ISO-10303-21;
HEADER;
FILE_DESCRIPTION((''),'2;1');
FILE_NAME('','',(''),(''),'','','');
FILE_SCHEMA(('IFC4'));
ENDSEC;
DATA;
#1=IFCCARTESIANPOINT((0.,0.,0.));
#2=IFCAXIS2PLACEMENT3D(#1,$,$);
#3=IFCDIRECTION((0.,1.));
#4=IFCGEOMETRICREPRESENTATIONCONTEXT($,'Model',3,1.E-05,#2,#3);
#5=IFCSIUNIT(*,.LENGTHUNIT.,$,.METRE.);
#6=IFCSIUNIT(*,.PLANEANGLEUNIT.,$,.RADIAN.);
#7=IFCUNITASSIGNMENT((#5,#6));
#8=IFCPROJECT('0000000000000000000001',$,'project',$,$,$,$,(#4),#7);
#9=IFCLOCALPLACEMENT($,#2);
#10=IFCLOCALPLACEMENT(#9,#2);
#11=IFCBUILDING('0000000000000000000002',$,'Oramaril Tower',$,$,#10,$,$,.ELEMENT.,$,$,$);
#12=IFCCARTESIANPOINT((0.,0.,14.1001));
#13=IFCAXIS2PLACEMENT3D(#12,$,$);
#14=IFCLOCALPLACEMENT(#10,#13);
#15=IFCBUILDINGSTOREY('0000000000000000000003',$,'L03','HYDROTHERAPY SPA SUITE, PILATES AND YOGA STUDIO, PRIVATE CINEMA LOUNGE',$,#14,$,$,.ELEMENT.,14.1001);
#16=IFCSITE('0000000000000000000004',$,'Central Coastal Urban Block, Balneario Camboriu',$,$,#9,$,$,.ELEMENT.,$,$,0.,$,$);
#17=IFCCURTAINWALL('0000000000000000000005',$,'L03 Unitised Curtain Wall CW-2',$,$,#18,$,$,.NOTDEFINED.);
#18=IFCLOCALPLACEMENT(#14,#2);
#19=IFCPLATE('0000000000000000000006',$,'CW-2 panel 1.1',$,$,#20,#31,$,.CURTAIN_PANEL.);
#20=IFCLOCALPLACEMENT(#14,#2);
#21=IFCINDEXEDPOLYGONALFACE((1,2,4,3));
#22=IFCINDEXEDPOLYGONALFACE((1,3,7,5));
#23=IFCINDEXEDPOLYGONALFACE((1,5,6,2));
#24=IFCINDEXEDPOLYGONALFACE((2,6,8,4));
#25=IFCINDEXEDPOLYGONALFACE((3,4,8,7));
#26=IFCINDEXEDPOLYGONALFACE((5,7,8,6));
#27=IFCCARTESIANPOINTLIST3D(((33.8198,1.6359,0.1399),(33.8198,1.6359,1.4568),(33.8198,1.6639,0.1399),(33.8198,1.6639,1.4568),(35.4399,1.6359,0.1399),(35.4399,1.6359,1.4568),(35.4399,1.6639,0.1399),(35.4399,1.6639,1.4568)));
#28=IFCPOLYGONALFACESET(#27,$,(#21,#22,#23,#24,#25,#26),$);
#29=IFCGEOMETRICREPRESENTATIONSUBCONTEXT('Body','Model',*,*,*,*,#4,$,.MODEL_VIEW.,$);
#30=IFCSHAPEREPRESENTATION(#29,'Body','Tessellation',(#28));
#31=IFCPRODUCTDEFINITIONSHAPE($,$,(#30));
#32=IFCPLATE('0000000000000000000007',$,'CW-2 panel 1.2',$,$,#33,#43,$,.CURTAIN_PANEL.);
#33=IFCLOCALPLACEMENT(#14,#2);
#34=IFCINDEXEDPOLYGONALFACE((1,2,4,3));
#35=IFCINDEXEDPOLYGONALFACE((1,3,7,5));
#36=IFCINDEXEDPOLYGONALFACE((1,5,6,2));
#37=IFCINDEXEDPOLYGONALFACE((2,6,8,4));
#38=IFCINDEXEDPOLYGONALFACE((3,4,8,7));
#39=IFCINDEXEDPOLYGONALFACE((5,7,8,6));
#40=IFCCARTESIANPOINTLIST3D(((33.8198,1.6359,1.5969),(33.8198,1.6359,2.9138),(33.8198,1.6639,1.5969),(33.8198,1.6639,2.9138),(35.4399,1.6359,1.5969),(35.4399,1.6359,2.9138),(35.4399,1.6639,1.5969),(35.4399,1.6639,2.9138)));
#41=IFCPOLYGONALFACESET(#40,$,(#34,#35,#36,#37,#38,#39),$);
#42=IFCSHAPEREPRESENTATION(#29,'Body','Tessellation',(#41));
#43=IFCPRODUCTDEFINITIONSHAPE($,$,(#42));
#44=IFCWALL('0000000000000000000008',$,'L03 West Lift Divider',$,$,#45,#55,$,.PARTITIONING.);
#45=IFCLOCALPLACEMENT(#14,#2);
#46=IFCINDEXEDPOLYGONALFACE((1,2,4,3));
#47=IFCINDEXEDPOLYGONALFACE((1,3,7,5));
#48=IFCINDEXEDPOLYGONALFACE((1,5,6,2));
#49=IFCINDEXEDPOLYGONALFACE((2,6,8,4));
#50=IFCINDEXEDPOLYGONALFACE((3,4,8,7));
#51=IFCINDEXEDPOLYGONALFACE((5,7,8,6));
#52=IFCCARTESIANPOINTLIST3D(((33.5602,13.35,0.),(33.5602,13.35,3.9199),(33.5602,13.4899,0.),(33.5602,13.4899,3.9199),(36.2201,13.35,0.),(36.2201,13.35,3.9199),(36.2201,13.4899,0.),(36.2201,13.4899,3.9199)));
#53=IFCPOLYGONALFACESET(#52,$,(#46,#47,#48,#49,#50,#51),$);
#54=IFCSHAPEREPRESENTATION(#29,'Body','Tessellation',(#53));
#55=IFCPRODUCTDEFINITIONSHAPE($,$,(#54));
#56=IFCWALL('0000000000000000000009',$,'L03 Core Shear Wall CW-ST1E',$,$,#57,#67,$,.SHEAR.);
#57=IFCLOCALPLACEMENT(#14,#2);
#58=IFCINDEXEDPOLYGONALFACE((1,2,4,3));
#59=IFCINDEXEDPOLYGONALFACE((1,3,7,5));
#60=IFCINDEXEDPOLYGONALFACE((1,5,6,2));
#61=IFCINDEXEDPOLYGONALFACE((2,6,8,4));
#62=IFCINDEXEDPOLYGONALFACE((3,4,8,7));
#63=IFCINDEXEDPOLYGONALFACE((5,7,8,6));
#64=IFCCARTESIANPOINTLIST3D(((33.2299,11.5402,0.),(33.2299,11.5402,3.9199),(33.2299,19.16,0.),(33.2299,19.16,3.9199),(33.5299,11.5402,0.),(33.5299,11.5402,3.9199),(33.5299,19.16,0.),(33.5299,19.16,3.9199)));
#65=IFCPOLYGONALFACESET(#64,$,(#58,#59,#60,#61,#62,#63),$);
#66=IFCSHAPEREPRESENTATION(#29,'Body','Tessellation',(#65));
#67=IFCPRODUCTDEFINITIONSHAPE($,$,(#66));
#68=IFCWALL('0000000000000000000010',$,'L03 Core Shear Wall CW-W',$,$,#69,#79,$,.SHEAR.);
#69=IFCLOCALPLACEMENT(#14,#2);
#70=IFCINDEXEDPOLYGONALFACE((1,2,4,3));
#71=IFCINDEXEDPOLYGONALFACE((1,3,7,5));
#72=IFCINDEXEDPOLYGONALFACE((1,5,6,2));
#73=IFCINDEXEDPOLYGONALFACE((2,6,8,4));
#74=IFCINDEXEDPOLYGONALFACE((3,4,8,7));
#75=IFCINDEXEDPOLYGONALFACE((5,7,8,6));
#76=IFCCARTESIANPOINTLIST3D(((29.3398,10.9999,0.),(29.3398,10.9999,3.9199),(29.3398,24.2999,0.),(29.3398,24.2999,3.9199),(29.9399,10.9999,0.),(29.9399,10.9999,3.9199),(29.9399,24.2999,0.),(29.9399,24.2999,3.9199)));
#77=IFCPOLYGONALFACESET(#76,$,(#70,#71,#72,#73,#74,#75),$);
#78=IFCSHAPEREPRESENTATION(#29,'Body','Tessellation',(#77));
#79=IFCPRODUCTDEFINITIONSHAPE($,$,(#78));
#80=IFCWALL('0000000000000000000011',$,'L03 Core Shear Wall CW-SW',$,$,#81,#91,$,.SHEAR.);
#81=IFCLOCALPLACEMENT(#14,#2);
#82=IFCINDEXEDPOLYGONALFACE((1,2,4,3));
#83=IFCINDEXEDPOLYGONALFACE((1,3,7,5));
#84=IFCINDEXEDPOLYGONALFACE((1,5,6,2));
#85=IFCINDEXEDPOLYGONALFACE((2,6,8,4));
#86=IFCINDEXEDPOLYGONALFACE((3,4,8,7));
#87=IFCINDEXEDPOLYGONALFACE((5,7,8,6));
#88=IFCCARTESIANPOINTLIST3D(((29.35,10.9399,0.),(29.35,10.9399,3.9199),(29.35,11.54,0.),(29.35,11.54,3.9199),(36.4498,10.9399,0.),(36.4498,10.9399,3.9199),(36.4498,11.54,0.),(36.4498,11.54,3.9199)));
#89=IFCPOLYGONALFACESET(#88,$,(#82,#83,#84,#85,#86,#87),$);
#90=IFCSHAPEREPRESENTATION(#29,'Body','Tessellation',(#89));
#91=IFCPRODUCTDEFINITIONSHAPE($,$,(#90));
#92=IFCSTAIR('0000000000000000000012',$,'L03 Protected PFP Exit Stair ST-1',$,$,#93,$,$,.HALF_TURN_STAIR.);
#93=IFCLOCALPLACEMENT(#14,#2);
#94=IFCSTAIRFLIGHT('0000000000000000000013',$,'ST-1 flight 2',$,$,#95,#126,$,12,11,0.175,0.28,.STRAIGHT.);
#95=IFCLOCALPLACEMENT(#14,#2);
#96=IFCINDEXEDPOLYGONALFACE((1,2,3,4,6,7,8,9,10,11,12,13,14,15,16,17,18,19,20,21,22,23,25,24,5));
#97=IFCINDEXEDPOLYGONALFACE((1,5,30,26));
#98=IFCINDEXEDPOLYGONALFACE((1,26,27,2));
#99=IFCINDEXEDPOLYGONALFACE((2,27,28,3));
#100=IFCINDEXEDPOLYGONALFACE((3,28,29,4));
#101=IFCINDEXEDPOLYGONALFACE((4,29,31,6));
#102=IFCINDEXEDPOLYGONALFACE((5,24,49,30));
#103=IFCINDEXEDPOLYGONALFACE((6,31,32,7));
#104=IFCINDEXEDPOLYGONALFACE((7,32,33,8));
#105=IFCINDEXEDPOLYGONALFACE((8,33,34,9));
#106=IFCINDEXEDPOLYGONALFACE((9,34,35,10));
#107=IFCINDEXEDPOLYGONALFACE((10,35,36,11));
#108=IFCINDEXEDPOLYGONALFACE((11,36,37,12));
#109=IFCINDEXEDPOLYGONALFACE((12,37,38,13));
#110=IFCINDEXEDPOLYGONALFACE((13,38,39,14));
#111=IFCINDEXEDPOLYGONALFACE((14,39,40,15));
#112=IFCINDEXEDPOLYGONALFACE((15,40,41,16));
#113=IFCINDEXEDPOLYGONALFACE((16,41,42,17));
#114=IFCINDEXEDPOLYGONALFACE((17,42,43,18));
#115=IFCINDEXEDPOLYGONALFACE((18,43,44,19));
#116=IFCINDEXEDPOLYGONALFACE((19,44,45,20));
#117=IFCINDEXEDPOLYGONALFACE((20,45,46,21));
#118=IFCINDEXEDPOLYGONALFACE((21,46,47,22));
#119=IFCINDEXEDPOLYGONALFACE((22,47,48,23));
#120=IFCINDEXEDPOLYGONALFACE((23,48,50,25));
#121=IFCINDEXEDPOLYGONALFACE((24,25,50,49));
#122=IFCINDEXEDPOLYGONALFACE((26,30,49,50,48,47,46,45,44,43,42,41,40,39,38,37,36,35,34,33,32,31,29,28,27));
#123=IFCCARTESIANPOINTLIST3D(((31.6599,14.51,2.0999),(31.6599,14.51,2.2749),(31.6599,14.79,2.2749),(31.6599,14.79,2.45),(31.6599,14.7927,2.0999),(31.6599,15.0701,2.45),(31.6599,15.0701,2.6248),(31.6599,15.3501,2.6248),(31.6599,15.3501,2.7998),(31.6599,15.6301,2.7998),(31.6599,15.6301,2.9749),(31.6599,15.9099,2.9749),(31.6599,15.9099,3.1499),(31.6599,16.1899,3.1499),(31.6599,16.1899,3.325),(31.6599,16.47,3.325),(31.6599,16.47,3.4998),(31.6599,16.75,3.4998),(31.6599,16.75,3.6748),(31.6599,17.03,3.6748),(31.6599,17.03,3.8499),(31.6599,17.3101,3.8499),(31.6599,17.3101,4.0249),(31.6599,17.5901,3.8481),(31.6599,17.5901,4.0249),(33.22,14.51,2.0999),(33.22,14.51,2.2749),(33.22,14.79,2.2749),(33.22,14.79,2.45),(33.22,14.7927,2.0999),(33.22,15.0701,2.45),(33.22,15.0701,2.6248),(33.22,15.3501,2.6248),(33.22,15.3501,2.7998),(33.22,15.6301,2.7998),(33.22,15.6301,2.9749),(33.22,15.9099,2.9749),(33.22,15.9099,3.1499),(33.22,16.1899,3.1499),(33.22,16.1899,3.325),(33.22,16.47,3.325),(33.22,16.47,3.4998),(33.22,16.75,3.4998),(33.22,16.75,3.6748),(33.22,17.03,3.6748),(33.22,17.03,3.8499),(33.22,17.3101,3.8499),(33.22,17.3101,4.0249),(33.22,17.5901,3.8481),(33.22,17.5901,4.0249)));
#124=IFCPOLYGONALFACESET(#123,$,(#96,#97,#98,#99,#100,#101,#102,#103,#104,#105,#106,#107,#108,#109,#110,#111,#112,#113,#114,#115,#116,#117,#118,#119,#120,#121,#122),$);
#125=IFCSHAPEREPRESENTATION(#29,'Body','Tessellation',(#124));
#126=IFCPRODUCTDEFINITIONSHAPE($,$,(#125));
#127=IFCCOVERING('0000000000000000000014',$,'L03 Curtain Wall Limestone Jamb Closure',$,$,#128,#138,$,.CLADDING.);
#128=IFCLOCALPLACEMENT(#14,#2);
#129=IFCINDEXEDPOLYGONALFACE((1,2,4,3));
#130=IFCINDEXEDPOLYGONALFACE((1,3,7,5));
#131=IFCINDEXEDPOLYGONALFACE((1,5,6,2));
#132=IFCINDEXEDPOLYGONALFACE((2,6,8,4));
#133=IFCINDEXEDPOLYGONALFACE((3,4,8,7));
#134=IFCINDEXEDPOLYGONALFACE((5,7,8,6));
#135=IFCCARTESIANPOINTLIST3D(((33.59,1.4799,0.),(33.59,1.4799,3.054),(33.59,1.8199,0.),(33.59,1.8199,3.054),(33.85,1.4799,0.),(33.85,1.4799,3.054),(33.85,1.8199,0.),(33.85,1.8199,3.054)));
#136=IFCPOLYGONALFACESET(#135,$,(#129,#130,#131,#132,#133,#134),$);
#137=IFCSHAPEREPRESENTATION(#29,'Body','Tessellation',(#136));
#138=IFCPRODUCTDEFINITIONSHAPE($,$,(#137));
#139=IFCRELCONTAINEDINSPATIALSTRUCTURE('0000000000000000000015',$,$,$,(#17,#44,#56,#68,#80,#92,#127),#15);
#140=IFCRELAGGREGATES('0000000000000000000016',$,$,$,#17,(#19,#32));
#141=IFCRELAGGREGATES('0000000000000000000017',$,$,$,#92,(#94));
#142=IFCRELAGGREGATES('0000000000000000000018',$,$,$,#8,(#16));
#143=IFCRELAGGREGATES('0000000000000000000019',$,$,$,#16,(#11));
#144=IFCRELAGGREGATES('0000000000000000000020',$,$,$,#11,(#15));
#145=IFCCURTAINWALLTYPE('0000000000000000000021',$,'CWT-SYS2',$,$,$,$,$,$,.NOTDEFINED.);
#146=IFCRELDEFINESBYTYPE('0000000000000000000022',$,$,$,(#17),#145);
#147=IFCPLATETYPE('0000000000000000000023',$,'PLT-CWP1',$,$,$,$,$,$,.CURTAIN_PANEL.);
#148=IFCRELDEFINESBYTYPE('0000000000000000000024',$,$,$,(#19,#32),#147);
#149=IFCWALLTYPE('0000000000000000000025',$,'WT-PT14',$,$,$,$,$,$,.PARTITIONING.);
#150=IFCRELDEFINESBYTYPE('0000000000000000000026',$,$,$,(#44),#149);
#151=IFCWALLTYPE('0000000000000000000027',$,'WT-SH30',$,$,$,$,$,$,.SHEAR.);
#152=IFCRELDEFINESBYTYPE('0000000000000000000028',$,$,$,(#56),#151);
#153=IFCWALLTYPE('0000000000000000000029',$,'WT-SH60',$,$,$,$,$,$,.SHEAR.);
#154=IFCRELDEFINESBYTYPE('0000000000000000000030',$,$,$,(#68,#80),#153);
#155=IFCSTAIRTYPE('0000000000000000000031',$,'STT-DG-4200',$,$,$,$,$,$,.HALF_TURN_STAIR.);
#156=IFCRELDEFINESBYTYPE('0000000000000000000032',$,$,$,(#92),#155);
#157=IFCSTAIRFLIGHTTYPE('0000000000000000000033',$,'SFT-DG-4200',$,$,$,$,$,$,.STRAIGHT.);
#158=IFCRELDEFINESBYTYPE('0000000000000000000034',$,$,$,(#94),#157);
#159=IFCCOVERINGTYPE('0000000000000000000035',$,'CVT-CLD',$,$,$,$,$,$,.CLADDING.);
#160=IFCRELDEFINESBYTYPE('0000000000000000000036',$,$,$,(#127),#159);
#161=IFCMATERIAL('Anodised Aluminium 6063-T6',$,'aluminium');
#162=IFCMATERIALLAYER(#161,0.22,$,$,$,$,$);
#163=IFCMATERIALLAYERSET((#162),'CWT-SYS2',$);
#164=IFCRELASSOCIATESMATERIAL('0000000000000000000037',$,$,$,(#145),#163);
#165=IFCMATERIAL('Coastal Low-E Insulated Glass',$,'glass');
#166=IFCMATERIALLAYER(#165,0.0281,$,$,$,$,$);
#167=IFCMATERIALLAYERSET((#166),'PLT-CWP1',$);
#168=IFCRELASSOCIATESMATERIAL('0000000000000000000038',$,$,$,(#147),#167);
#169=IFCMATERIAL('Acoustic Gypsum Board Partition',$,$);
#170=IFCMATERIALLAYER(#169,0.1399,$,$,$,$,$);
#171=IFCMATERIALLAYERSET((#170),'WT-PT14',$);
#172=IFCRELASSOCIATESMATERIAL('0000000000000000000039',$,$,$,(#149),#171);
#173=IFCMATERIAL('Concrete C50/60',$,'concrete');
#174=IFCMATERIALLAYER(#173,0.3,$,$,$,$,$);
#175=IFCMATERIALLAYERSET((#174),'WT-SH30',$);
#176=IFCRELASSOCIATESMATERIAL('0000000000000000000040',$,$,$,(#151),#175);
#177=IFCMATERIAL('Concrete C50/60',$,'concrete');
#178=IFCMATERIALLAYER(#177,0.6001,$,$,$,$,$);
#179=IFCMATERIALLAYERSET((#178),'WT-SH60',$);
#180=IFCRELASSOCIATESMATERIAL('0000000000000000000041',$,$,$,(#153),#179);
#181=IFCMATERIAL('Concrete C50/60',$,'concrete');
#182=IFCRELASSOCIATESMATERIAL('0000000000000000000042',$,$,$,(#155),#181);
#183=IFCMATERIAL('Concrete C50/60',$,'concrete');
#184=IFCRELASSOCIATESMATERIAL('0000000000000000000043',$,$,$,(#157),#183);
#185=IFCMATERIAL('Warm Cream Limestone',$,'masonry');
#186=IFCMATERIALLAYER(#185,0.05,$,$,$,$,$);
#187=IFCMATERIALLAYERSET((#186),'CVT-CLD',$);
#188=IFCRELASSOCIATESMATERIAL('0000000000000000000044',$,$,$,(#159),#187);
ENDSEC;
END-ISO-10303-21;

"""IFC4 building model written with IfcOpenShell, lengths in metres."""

from ifc_helpers import new_model, si_unit, direction, frame, frame_2d, origin, origin_2d, place, context, subcontext, project, spatial, polyline, rectangle, outline, extrude, material, layer, layer_set, type_object, element, aggregate, save


model = new_model("IFC4")

# Units and contexts
model_context = context("Model", 3, precision=1e-05, world=origin(), true_north=direction((0.0, 1.0)))
body_context = subcontext(model_context, "Body", "Model", "MODEL_VIEW")
ifc_project = project(units=[si_unit("LENGTHUNIT", "METRE"), si_unit("PLANEANGLEUNIT", "RADIAN")], contexts=[model_context])

# Site, building, storey
site_placement = place(None, origin())
site = spatial("IfcSite", under=ifc_project, at=site_placement, Name="Central Coastal Urban Block, Balneario Camboriu", CompositionType="ELEMENT", RefElevation=0.0)
building_placement = place(site_placement, origin())
building = spatial("IfcBuilding", under=site, at=building_placement, Name="Oramaril Tower", CompositionType="ELEMENT")
storey_placement = place(building_placement, frame((0.0, 0.0, 14.1001)))
storey = spatial("IfcBuildingStorey", under=building, at=storey_placement, Name="L03", Description="HYDROTHERAPY SPA SUITE, PILATES AND YOGA STUDIO, PRIVATE CINEMA LOUNGE", CompositionType="ELEMENT", Elevation=14.1001)

# Curtain wall, plates
ifc_material_1 = material(Name="Anodised Aluminium 6063-T6", Category="aluminium")
ifc_layer_1 = layer(ifc_material_1, 0.22)
ifc_layer_set_1 = layer_set([ifc_layer_1], Name="CWT-SYS2")
curtain_wall_type = type_object("IfcCurtainWallType", Name="CWT-SYS2", PredefinedType="NOTDEFINED", material=ifc_layer_set_1)
curtain_wall_placement = place(storey_placement, origin())
curtain_wall = element("IfcCurtainWall", 1, at=curtain_wall_placement, inside=storey, type_object=curtain_wall_type, Name="L03 Unitised Curtain Wall CW-2", PredefinedType="NOTDEFINED")
ifc_material_2 = material(Name="Coastal Low-E Insulated Glass", Category="glass")
ifc_layer_2 = layer(ifc_material_2, 0.0281)
ifc_layer_set_2 = layer_set([ifc_layer_2], Name="PLT-CWP1")
plate_type = type_object("IfcPlateType", Name="PLT-CWP1", PredefinedType="CURTAIN_PANEL", material=ifc_layer_set_2)
plate_1_placement = place(storey_placement, frame((34.6299, 1.6499, 0.1399), z_axis=(0.0, 0.0, 1.0), x_axis=(1.0, 0.0, 0.0)))
plate_1 = element("IfcPlate", 2, at=plate_1_placement, type_object=plate_type, Name="CW-2 panel 1.1", PredefinedType="CURTAIN_PANEL", context=body_context, shape_type="SweptSolid", body=[
    extrude(rectangle(XDim=1.6201, YDim=0.0281, at=origin_2d()), origin(), (0.0, 0.0, 1.0), 1.3169),
])
plate_2_placement = place(storey_placement, frame((34.6299, 1.6499, 1.5969), z_axis=(0.0, 0.0, 1.0), x_axis=(1.0, 0.0, 0.0)))
plate_2 = element("IfcPlate", 3, at=plate_2_placement, type_object=plate_type, Name="CW-2 panel 1.2", PredefinedType="CURTAIN_PANEL", context=body_context, shape_type="SweptSolid", body=[
    extrude(rectangle(XDim=1.6201, YDim=0.0281, at=origin_2d()), origin(), (0.0, 0.0, 1.0), 1.3169),
])
aggregate(curtain_wall, [plate_1, plate_2])

# Walls
ifc_material_3 = material(Name="Acoustic Gypsum Board Partition")
ifc_layer_3 = layer(ifc_material_3, 0.1399)
ifc_layer_set_3 = layer_set([ifc_layer_3], Name="WT-PT14")
wall_type_1 = type_object("IfcWallType", Name="WT-PT14", PredefinedType="PARTITIONING", material=ifc_layer_set_3)
wall_1_placement = place(storey_placement, frame((33.5601, 13.4199, 0.0), z_axis=(0.0, 0.0, 1.0), x_axis=(1.0, 0.0, 0.0)))
element("IfcWall", 4, at=wall_1_placement, inside=storey, type_object=wall_type_1, Name="L03 West Lift Divider", PredefinedType="PARTITIONING", context=body_context, shape_type="SweptSolid", body=[
    extrude(rectangle(XDim=2.6599, YDim=0.1399, at=frame_2d((1.3301, 0.0))), origin(), (0.0, 0.0, 1.0), 3.9199),
])
ifc_material_4 = material(Name="Concrete C50/60", Category="concrete")
ifc_layer_4 = layer(ifc_material_4, 0.3)
ifc_layer_set_4 = layer_set([ifc_layer_4], Name="WT-SH30")
wall_type_2 = type_object("IfcWallType", Name="WT-SH30", PredefinedType="SHEAR", material=ifc_layer_set_4)
wall_2_placement = place(storey_placement, frame((33.3799, 11.54, 0.0), z_axis=(0.0, 0.0, 1.0), x_axis=(0.0, 1.0, 0.0)))
element("IfcWall", 5, at=wall_2_placement, inside=storey, type_object=wall_type_2, Name="L03 Core Shear Wall CW-ST1E", PredefinedType="SHEAR", context=body_context, shape_type="SweptSolid", body=[
    extrude(rectangle(XDim=7.6199, YDim=0.3, at=frame_2d((3.8101, 0.0))), origin(), (0.0, 0.0, 1.0), 3.9199),
])
ifc_material_5 = material(Name="Concrete C50/60", Category="concrete")
ifc_layer_5 = layer(ifc_material_5, 0.6001)
ifc_layer_set_5 = layer_set([ifc_layer_5], Name="WT-SH60")
wall_type_3 = type_object("IfcWallType", Name="WT-SH60", PredefinedType="SHEAR", material=ifc_layer_set_5)
wall_3_placement = place(storey_placement, frame((29.6399, 11.0, 0.0), z_axis=(0.0, 0.0, 1.0), x_axis=(0.0, 1.0, 0.0)))
element("IfcWall", 6, at=wall_3_placement, inside=storey, type_object=wall_type_3, Name="L03 Core Shear Wall CW-W", PredefinedType="SHEAR", context=body_context, shape_type="SweptSolid", body=[
    extrude(rectangle(XDim=13.3, YDim=0.6001, at=frame_2d((6.6499, 0.0))), origin(), (0.0, 0.0, 1.0), 3.9199),
])
wall_4_placement = place(storey_placement, frame((29.3501, 11.24, 0.0), z_axis=(0.0, 0.0, 1.0), x_axis=(1.0, 0.0, 0.0)))
element("IfcWall", 7, at=wall_4_placement, inside=storey, type_object=wall_type_3, Name="L03 Core Shear Wall CW-SW", PredefinedType="SHEAR", context=body_context, shape_type="SweptSolid", body=[
    extrude(rectangle(XDim=7.0999, YDim=0.6001, at=frame_2d((3.5498, 0.0))), origin(), (0.0, 0.0, 1.0), 3.9199),
])

# Stair, stair flight
ifc_material_6 = material(Name="Concrete C50/60", Category="concrete")
stair_type = type_object("IfcStairType", Name="STT-DG-4200", PredefinedType="HALF_TURN_STAIR", material=ifc_material_6)
stair_placement = place(storey_placement, origin())
stair = element("IfcStair", 8, at=stair_placement, inside=storey, type_object=stair_type, Name="L03 Protected PFP Exit Stair ST-1", PredefinedType="HALF_TURN_STAIR")
ifc_material_7 = material(Name="Concrete C50/60", Category="concrete")
stair_flight_type = type_object("IfcStairFlightType", Name="SFT-DG-4200", PredefinedType="STRAIGHT", material=ifc_material_7)
stair_flight_placement = place(storey_placement, frame((32.4399, 14.51, 2.0999), z_axis=(0.0, 0.0, 1.0), x_axis=(0.0, 1.0, 0.0)))
stair_flight = element("IfcStairFlight", 9, at=stair_flight_placement, type_object=stair_flight_type, Name="ST-1 flight 2", NumberOfRisers=12, NumberOfTreads=11, PredefinedType="STRAIGHT", RiserHeight=0.175, TreadLength=0.28, context=body_context, shape_type="SweptSolid", body=[
    extrude(outline(polyline([(0.0, 0.0), (0.0, 0.175), (0.28, 0.175), (0.28, 0.3501), (0.5601, 0.3501), (0.5601, 0.5249), (0.8401, 0.5249), (0.8401, 0.7), (1.1201, 0.7), (1.1201, 0.875), (1.3999, 0.875), (1.3999, 1.05), (1.6799, 1.05), (1.6799, 1.2251), (1.96, 1.2251), (1.96, 1.3999), (2.24, 1.3999), (2.24, 1.575), (2.52, 1.575), (2.52, 1.75), (2.8, 1.75), (2.8, 1.925), (3.0801, 1.925), (3.0801, 2.1001), (3.0801, 1.7483), (0.2827, 0.0), (0.0, 0.0)])), frame((0.0, 0.78, 0.0), z_axis=(0.0, -1.0, 0.0), x_axis=(1.0, 0.0, 0.0)), (0.0, 0.0, 1.0), 1.5601),
])
aggregate(stair, [stair_flight])

# Covering
ifc_material_8 = material(Name="Warm Cream Limestone", Category="masonry")
ifc_layer_6 = layer(ifc_material_8, 0.05)
ifc_layer_set_6 = layer_set([ifc_layer_6], Name="CVT-CLD")
covering_type = type_object("IfcCoveringType", Name="CVT-CLD", PredefinedType="CLADDING", material=ifc_layer_set_6)
covering_placement = place(storey_placement, frame((33.72, 1.6499, 0.0), z_axis=(0.0, 0.0, 1.0), x_axis=(1.0, 0.0, 0.0)))
element("IfcCovering", 10, at=covering_placement, inside=storey, type_object=covering_type, Name="L03 Curtain Wall Limestone Jamb Closure", PredefinedType="CLADDING", context=body_context, shape_type="SweptSolid", body=[
    extrude(rectangle(XDim=0.26, YDim=0.3401, at=origin_2d()), origin(), (0.0, 0.0, 1.0), 3.054),
])

save(model, "model.ifc")
